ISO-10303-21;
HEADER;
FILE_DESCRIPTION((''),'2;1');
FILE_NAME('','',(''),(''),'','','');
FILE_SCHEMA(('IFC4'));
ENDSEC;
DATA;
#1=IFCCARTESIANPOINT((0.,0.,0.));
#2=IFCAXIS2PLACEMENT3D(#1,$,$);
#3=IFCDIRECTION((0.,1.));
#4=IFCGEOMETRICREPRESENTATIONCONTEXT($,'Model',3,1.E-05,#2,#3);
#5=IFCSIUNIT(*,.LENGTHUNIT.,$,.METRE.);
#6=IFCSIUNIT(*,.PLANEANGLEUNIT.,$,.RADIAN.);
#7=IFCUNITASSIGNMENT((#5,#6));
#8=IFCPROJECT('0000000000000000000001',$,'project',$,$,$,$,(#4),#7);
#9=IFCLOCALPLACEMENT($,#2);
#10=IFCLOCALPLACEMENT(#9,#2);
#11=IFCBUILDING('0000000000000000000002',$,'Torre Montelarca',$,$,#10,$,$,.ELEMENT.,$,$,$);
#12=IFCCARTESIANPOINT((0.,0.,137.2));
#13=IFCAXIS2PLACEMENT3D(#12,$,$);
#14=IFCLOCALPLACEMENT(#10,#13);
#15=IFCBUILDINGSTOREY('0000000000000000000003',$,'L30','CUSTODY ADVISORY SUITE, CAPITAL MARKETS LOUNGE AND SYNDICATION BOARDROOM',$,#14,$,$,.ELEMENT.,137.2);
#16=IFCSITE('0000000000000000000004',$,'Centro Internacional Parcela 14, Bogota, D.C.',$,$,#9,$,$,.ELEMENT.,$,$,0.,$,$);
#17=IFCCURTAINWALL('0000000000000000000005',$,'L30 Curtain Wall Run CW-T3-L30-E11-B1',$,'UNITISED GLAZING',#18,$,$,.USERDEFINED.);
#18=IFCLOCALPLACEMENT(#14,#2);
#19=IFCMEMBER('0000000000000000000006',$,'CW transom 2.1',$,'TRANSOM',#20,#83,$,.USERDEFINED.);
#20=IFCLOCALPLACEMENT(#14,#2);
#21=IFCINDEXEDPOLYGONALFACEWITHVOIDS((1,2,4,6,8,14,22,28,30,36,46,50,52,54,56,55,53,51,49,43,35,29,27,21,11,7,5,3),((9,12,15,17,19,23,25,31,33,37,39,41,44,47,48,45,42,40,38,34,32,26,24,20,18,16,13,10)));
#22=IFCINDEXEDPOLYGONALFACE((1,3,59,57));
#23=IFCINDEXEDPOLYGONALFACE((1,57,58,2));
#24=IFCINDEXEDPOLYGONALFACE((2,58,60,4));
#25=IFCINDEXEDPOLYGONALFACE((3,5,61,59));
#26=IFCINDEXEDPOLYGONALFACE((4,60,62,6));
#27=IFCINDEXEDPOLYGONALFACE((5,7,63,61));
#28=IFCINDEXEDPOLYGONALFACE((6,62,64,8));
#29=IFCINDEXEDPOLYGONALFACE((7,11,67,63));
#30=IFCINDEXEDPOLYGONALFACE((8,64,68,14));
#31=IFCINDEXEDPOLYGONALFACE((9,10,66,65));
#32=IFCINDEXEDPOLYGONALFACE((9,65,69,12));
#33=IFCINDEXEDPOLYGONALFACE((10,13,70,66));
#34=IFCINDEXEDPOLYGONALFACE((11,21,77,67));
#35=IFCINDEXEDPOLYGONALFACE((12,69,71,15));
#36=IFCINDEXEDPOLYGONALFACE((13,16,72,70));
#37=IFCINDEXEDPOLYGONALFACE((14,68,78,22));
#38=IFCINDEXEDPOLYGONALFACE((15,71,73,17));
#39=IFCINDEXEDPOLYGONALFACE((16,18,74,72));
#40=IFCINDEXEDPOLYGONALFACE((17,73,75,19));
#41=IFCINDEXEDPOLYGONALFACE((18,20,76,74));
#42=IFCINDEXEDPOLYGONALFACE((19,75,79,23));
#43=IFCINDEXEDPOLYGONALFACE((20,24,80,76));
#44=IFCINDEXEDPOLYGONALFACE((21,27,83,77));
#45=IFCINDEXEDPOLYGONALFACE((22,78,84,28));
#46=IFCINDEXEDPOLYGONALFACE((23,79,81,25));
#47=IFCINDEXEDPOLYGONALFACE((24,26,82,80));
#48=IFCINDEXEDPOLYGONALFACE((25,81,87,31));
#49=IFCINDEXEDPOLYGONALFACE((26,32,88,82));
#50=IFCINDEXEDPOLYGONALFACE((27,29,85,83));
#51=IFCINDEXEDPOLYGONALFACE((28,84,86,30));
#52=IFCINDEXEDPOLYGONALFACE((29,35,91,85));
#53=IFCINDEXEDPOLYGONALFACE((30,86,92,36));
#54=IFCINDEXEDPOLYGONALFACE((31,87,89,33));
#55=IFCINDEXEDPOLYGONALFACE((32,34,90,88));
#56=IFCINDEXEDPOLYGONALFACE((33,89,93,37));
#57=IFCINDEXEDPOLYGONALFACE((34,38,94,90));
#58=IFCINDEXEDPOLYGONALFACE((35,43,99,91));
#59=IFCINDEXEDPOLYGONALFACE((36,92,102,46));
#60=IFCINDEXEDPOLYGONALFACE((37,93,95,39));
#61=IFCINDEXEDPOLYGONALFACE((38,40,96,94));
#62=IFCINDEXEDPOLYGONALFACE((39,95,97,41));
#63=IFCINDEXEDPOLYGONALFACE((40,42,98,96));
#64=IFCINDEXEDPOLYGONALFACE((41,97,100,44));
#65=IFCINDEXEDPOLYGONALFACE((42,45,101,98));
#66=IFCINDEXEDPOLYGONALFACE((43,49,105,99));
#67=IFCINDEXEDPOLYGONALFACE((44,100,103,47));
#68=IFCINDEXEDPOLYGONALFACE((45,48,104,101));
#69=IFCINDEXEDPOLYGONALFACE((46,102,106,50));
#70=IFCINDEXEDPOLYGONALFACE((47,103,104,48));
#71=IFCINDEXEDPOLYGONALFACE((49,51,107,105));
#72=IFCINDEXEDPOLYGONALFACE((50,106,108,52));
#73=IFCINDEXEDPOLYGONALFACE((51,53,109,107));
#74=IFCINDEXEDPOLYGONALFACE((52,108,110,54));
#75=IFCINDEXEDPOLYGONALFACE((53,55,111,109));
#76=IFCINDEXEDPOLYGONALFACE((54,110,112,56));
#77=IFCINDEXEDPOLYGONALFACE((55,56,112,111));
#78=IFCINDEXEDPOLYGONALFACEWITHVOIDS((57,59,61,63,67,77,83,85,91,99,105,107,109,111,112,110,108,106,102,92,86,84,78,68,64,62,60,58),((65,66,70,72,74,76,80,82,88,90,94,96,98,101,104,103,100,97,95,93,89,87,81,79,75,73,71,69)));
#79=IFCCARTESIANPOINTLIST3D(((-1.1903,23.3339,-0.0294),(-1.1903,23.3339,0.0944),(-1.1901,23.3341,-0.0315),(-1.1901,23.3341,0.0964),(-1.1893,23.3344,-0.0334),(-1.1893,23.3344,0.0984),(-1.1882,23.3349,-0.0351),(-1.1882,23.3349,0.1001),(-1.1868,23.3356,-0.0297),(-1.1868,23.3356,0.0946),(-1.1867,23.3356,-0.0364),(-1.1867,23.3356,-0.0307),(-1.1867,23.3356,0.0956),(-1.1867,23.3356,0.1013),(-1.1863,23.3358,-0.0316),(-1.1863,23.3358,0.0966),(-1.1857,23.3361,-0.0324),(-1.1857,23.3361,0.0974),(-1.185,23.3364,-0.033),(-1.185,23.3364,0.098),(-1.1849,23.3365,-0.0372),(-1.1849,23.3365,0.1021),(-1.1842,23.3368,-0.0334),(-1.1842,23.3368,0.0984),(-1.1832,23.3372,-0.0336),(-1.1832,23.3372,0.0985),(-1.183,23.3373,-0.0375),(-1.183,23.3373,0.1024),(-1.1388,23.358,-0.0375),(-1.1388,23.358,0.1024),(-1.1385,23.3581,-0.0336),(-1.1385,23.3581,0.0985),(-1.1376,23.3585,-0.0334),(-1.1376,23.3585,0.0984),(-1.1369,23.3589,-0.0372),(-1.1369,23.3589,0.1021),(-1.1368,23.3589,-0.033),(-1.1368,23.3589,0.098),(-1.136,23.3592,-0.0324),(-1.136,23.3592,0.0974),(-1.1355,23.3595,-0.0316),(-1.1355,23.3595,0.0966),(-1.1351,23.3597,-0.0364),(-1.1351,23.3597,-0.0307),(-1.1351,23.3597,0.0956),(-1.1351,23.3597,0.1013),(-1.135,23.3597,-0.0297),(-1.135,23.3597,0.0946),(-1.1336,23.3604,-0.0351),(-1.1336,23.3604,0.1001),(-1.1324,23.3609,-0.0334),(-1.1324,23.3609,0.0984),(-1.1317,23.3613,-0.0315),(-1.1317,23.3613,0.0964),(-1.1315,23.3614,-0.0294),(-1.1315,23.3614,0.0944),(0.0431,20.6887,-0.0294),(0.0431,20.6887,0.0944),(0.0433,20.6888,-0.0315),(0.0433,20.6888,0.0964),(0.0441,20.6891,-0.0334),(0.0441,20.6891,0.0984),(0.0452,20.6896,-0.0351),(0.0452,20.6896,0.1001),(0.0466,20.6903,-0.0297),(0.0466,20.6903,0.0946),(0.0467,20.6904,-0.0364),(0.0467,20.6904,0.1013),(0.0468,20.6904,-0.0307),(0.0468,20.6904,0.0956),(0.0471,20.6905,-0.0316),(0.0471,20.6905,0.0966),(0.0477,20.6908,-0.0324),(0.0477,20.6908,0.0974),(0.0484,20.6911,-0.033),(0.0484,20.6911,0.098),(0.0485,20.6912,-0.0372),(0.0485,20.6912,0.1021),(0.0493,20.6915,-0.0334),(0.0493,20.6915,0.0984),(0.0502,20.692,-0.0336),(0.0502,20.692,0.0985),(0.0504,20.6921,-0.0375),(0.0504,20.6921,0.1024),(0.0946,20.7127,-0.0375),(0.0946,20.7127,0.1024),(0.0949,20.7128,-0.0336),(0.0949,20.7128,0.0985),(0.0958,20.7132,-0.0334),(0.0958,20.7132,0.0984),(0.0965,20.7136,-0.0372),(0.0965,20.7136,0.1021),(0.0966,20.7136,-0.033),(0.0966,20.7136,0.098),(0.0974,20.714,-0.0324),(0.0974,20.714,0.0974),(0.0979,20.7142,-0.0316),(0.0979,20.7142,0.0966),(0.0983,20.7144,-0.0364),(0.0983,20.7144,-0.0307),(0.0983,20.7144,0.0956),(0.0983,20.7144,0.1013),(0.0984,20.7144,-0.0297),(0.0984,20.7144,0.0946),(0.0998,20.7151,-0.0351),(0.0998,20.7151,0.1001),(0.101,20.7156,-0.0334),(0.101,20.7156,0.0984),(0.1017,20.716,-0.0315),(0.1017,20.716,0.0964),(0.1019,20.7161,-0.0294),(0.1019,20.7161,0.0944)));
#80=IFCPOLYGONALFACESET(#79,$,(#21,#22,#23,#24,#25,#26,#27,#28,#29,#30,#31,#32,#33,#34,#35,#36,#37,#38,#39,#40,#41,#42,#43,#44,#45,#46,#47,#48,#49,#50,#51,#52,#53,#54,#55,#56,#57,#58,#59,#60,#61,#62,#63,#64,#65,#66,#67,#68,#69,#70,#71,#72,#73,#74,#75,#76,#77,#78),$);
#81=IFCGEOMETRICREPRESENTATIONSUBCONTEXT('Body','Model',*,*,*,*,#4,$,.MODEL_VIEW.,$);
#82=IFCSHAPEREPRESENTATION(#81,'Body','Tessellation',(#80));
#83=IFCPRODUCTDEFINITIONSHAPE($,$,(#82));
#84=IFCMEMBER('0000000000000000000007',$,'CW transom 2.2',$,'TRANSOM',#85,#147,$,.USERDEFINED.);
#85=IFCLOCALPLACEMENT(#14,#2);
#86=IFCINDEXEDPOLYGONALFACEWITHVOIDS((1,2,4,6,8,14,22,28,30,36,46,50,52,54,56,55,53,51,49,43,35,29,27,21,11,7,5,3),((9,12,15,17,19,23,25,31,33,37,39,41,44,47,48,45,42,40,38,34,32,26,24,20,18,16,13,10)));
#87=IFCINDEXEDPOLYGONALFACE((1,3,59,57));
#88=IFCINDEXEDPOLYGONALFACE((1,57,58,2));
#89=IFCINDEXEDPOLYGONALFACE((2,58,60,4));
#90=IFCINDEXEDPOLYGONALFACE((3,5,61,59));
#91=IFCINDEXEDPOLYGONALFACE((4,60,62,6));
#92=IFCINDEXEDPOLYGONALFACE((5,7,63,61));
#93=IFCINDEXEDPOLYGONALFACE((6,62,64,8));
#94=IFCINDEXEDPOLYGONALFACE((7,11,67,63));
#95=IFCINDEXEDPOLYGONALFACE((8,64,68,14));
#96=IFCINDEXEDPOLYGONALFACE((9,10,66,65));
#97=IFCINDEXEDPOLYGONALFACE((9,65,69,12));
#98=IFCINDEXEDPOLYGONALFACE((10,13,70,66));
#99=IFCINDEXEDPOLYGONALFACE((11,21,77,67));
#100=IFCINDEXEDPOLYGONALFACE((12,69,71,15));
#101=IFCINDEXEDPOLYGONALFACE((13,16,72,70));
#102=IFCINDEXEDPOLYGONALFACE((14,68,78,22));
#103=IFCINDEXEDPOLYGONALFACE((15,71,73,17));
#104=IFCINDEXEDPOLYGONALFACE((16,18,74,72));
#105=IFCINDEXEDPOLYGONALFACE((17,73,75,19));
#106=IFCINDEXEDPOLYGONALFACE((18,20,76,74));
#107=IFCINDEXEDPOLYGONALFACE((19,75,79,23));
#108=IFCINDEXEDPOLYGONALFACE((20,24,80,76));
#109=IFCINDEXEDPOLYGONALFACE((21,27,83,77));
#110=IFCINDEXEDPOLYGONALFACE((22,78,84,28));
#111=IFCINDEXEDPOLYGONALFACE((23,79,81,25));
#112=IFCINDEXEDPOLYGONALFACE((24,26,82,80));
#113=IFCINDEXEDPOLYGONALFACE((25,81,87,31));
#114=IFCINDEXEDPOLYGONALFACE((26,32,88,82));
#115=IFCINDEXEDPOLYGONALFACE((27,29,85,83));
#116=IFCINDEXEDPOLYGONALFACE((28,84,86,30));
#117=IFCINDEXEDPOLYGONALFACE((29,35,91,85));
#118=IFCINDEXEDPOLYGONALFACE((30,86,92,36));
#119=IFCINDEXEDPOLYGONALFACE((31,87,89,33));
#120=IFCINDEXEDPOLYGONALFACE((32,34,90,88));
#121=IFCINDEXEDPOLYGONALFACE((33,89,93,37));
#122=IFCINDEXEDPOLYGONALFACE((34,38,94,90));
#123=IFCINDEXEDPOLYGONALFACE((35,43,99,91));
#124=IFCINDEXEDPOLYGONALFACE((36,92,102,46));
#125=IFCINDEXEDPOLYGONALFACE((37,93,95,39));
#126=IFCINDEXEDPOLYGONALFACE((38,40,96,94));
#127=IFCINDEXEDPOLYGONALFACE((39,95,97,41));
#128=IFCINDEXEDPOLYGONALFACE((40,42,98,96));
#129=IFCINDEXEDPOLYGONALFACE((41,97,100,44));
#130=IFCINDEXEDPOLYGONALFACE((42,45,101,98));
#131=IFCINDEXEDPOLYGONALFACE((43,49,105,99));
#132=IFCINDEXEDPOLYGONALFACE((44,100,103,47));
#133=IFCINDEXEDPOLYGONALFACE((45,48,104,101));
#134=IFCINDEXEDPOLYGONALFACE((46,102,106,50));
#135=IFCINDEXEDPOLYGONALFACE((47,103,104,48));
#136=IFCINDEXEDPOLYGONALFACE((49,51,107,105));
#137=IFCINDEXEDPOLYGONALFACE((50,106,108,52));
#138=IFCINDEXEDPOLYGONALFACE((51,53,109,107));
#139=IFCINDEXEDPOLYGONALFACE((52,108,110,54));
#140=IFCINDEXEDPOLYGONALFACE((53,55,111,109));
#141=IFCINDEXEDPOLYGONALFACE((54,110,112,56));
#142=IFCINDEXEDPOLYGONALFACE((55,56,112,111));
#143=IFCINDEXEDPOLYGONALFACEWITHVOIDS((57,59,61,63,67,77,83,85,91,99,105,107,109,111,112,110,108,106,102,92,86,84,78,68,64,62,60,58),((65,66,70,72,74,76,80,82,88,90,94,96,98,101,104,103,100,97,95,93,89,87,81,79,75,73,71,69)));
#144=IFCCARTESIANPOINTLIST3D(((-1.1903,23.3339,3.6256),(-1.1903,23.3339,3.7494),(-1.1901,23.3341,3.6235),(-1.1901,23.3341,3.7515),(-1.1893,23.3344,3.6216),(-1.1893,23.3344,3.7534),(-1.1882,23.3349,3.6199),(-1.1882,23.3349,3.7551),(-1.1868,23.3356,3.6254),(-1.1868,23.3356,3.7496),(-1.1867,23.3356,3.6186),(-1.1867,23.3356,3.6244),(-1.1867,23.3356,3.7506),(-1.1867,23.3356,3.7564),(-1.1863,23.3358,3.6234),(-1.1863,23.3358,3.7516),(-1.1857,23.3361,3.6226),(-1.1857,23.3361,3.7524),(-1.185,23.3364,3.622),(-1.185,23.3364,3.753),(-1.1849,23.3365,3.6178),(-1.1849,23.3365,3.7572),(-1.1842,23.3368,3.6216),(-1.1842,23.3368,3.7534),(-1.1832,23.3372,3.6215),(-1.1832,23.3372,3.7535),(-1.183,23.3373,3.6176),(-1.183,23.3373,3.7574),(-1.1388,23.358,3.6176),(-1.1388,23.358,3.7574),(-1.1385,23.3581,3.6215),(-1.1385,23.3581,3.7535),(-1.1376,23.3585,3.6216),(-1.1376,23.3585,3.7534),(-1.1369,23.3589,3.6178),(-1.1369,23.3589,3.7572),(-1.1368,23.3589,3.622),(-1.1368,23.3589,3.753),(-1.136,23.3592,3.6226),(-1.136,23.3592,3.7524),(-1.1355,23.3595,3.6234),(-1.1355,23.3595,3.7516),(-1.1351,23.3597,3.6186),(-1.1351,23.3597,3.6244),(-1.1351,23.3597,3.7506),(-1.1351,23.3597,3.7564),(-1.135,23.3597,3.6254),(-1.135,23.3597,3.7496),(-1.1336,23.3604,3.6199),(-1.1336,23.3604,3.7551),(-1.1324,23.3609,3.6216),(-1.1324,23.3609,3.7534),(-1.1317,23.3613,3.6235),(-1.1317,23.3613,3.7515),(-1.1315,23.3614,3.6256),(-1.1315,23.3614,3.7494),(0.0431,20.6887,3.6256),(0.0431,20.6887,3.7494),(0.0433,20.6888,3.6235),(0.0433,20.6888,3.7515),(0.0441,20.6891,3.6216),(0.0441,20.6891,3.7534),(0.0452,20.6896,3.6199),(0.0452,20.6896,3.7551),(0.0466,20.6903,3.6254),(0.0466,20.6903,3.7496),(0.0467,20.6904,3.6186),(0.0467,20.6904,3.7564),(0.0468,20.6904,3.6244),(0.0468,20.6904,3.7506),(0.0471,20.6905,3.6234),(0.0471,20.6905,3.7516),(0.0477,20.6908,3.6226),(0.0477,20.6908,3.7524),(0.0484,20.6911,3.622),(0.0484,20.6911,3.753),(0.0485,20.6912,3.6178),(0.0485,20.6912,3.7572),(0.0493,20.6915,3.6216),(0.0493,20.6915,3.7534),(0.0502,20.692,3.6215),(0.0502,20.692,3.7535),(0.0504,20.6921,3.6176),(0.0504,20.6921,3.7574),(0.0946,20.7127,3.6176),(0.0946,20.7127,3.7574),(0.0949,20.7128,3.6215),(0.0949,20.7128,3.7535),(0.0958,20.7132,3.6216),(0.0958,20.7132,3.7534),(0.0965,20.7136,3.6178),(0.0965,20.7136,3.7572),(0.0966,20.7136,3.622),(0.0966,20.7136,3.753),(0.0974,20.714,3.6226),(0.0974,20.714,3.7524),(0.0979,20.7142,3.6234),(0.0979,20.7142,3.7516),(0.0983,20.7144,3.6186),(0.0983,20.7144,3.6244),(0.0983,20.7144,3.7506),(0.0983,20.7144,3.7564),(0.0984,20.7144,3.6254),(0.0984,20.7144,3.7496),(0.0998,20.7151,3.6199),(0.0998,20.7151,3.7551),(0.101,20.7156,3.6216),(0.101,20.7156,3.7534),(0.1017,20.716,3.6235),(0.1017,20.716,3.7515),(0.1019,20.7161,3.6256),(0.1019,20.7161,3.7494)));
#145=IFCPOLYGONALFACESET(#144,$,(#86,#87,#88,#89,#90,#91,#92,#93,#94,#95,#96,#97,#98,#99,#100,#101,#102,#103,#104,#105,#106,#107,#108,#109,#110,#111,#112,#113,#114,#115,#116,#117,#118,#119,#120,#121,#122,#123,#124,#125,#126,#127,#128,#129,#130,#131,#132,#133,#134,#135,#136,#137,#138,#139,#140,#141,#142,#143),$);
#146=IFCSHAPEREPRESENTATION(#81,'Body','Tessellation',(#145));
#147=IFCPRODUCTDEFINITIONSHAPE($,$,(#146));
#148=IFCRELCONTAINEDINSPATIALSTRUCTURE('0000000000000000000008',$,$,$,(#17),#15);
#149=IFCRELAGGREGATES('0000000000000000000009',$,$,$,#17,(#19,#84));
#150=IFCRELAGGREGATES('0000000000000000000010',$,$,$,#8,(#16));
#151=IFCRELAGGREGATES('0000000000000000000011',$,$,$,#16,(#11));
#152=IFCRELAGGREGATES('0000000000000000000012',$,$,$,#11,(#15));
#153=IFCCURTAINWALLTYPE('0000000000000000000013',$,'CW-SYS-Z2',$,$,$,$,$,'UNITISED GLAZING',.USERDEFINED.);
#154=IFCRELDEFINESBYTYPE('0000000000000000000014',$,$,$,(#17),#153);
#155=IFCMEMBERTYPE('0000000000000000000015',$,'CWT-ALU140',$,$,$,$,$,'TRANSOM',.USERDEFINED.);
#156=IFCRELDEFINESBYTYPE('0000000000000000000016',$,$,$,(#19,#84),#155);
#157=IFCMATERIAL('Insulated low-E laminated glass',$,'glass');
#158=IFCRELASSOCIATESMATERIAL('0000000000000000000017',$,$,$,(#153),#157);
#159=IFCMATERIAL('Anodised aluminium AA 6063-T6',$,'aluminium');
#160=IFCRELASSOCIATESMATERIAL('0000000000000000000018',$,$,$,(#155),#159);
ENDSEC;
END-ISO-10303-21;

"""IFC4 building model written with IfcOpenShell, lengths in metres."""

from ifc_helpers import new_model, si_unit, direction, frame, origin, origin_2d, place, context, subcontext, project, spatial, hollow_rectangle, extrude, source, transform, mapped, material, material_profile, profile_set, type_object, element, aggregate, save


model = new_model("IFC4")

# Units and contexts
model_context = context("Model", 3, precision=1e-05, world=origin(), true_north=direction((0.0, 1.0)))
body_context = subcontext(model_context, "Body", "Model", "MODEL_VIEW")
ifc_project = project(units=[si_unit("LENGTHUNIT", "METRE"), si_unit("PLANEANGLEUNIT", "RADIAN")], contexts=[model_context])

# Site, building, storey
site_placement = place(None, origin())
site = spatial("IfcSite", under=ifc_project, at=site_placement, Name="Centro Internacional Parcela 14, Bogota, D.C.", CompositionType="ELEMENT", RefElevation=0.0)
building_placement = place(site_placement, origin())
building = spatial("IfcBuilding", under=site, at=building_placement, Name="Torre Montelarca", CompositionType="ELEMENT")
storey_placement = place(building_placement, frame((0.0, 0.0, 137.2)))
storey = spatial("IfcBuildingStorey", under=building, at=storey_placement, Name="L30", Description="CUSTODY ADVISORY SUITE, CAPITAL MARKETS LOUNGE AND SYNDICATION BOARDROOM", CompositionType="ELEMENT", Elevation=137.2)

# Curtain wall, members
ifc_material_1 = material(Name="Insulated low-E laminated glass", Category="glass")
curtain_wall_type = type_object("IfcCurtainWallType", Name="CW-SYS-Z2", ElementType="UNITISED GLAZING", PredefinedType="USERDEFINED", material=ifc_material_1)
curtain_wall_1_placement = place(storey_placement, origin())
curtain_wall_1 = element("IfcCurtainWall", 1, at=curtain_wall_1_placement, inside=storey, type_object=curtain_wall_type, Name="L30 Curtain Wall Run CW-T3-L30-E11-B1", ObjectType="UNITISED GLAZING", PredefinedType="USERDEFINED")
ifc_material_2 = material(Name="Anodised aluminium AA 6063-T6", Category="aluminium")
ifc_material_profile_1 = material_profile(ifc_material_2, hollow_rectangle(XDim=0.0649, YDim=0.1399, WallThickness=0.0039, InnerFilletRadius=0.0039, OuterFilletRadius=0.0081, at=origin_2d()), Name="ALU65X140X4", Category="aluminium")
ifc_profile_set_1 = profile_set([ifc_material_profile_1], Name="Anodised aluminium AA 6063-T6")
member_type_1 = type_object("IfcMemberType", Name="CWT-ALU140", ElementType="TRANSOM", PredefinedType="USERDEFINED", material=ifc_profile_set_1)
shared_shape_1 = source(origin(), body_context, "Body", "SweptSolid", [
    extrude(hollow_rectangle(XDim=0.0649, YDim=0.1399, WallThickness=0.0039, InnerFilletRadius=0.0039, OuterFilletRadius=0.0081, at=origin_2d()), origin(), (0.0, 0.0, 1.0), 2.9187),
])
member_1_placement = place(storey_placement, frame((-1.1609, 23.3477, 0.0325), z_axis=(0.422588, -0.906322, 0.0), x_axis=(0.906322, 0.422588, 0.0)))
member_1 = element("IfcMember", 2, at=member_1_placement, type_object=member_type_1, Name="CW transom 2.1", ObjectType="TRANSOM", PredefinedType="USERDEFINED", context=body_context, shape_type="MappedRepresentation", body=[
    mapped(shared_shape_1, transform((0.0, 0.0, 0.0), scale=1.0)),
])
member_2_placement = place(storey_placement, frame((-1.1609, 23.3477, 3.6875), z_axis=(0.422588, -0.906322, 0.0), x_axis=(0.906322, 0.422588, 0.0)))
member_2 = element("IfcMember", 3, at=member_2_placement, type_object=member_type_1, Name="CW transom 2.2", ObjectType="TRANSOM", PredefinedType="USERDEFINED", context=body_context, shape_type="MappedRepresentation", body=[
    mapped(shared_shape_1, transform((0.0, 0.0, 0.0), scale=1.0)),
])

aggregate(curtain_wall_1, [member_1, member_2])

save(model, "model.ifc")
